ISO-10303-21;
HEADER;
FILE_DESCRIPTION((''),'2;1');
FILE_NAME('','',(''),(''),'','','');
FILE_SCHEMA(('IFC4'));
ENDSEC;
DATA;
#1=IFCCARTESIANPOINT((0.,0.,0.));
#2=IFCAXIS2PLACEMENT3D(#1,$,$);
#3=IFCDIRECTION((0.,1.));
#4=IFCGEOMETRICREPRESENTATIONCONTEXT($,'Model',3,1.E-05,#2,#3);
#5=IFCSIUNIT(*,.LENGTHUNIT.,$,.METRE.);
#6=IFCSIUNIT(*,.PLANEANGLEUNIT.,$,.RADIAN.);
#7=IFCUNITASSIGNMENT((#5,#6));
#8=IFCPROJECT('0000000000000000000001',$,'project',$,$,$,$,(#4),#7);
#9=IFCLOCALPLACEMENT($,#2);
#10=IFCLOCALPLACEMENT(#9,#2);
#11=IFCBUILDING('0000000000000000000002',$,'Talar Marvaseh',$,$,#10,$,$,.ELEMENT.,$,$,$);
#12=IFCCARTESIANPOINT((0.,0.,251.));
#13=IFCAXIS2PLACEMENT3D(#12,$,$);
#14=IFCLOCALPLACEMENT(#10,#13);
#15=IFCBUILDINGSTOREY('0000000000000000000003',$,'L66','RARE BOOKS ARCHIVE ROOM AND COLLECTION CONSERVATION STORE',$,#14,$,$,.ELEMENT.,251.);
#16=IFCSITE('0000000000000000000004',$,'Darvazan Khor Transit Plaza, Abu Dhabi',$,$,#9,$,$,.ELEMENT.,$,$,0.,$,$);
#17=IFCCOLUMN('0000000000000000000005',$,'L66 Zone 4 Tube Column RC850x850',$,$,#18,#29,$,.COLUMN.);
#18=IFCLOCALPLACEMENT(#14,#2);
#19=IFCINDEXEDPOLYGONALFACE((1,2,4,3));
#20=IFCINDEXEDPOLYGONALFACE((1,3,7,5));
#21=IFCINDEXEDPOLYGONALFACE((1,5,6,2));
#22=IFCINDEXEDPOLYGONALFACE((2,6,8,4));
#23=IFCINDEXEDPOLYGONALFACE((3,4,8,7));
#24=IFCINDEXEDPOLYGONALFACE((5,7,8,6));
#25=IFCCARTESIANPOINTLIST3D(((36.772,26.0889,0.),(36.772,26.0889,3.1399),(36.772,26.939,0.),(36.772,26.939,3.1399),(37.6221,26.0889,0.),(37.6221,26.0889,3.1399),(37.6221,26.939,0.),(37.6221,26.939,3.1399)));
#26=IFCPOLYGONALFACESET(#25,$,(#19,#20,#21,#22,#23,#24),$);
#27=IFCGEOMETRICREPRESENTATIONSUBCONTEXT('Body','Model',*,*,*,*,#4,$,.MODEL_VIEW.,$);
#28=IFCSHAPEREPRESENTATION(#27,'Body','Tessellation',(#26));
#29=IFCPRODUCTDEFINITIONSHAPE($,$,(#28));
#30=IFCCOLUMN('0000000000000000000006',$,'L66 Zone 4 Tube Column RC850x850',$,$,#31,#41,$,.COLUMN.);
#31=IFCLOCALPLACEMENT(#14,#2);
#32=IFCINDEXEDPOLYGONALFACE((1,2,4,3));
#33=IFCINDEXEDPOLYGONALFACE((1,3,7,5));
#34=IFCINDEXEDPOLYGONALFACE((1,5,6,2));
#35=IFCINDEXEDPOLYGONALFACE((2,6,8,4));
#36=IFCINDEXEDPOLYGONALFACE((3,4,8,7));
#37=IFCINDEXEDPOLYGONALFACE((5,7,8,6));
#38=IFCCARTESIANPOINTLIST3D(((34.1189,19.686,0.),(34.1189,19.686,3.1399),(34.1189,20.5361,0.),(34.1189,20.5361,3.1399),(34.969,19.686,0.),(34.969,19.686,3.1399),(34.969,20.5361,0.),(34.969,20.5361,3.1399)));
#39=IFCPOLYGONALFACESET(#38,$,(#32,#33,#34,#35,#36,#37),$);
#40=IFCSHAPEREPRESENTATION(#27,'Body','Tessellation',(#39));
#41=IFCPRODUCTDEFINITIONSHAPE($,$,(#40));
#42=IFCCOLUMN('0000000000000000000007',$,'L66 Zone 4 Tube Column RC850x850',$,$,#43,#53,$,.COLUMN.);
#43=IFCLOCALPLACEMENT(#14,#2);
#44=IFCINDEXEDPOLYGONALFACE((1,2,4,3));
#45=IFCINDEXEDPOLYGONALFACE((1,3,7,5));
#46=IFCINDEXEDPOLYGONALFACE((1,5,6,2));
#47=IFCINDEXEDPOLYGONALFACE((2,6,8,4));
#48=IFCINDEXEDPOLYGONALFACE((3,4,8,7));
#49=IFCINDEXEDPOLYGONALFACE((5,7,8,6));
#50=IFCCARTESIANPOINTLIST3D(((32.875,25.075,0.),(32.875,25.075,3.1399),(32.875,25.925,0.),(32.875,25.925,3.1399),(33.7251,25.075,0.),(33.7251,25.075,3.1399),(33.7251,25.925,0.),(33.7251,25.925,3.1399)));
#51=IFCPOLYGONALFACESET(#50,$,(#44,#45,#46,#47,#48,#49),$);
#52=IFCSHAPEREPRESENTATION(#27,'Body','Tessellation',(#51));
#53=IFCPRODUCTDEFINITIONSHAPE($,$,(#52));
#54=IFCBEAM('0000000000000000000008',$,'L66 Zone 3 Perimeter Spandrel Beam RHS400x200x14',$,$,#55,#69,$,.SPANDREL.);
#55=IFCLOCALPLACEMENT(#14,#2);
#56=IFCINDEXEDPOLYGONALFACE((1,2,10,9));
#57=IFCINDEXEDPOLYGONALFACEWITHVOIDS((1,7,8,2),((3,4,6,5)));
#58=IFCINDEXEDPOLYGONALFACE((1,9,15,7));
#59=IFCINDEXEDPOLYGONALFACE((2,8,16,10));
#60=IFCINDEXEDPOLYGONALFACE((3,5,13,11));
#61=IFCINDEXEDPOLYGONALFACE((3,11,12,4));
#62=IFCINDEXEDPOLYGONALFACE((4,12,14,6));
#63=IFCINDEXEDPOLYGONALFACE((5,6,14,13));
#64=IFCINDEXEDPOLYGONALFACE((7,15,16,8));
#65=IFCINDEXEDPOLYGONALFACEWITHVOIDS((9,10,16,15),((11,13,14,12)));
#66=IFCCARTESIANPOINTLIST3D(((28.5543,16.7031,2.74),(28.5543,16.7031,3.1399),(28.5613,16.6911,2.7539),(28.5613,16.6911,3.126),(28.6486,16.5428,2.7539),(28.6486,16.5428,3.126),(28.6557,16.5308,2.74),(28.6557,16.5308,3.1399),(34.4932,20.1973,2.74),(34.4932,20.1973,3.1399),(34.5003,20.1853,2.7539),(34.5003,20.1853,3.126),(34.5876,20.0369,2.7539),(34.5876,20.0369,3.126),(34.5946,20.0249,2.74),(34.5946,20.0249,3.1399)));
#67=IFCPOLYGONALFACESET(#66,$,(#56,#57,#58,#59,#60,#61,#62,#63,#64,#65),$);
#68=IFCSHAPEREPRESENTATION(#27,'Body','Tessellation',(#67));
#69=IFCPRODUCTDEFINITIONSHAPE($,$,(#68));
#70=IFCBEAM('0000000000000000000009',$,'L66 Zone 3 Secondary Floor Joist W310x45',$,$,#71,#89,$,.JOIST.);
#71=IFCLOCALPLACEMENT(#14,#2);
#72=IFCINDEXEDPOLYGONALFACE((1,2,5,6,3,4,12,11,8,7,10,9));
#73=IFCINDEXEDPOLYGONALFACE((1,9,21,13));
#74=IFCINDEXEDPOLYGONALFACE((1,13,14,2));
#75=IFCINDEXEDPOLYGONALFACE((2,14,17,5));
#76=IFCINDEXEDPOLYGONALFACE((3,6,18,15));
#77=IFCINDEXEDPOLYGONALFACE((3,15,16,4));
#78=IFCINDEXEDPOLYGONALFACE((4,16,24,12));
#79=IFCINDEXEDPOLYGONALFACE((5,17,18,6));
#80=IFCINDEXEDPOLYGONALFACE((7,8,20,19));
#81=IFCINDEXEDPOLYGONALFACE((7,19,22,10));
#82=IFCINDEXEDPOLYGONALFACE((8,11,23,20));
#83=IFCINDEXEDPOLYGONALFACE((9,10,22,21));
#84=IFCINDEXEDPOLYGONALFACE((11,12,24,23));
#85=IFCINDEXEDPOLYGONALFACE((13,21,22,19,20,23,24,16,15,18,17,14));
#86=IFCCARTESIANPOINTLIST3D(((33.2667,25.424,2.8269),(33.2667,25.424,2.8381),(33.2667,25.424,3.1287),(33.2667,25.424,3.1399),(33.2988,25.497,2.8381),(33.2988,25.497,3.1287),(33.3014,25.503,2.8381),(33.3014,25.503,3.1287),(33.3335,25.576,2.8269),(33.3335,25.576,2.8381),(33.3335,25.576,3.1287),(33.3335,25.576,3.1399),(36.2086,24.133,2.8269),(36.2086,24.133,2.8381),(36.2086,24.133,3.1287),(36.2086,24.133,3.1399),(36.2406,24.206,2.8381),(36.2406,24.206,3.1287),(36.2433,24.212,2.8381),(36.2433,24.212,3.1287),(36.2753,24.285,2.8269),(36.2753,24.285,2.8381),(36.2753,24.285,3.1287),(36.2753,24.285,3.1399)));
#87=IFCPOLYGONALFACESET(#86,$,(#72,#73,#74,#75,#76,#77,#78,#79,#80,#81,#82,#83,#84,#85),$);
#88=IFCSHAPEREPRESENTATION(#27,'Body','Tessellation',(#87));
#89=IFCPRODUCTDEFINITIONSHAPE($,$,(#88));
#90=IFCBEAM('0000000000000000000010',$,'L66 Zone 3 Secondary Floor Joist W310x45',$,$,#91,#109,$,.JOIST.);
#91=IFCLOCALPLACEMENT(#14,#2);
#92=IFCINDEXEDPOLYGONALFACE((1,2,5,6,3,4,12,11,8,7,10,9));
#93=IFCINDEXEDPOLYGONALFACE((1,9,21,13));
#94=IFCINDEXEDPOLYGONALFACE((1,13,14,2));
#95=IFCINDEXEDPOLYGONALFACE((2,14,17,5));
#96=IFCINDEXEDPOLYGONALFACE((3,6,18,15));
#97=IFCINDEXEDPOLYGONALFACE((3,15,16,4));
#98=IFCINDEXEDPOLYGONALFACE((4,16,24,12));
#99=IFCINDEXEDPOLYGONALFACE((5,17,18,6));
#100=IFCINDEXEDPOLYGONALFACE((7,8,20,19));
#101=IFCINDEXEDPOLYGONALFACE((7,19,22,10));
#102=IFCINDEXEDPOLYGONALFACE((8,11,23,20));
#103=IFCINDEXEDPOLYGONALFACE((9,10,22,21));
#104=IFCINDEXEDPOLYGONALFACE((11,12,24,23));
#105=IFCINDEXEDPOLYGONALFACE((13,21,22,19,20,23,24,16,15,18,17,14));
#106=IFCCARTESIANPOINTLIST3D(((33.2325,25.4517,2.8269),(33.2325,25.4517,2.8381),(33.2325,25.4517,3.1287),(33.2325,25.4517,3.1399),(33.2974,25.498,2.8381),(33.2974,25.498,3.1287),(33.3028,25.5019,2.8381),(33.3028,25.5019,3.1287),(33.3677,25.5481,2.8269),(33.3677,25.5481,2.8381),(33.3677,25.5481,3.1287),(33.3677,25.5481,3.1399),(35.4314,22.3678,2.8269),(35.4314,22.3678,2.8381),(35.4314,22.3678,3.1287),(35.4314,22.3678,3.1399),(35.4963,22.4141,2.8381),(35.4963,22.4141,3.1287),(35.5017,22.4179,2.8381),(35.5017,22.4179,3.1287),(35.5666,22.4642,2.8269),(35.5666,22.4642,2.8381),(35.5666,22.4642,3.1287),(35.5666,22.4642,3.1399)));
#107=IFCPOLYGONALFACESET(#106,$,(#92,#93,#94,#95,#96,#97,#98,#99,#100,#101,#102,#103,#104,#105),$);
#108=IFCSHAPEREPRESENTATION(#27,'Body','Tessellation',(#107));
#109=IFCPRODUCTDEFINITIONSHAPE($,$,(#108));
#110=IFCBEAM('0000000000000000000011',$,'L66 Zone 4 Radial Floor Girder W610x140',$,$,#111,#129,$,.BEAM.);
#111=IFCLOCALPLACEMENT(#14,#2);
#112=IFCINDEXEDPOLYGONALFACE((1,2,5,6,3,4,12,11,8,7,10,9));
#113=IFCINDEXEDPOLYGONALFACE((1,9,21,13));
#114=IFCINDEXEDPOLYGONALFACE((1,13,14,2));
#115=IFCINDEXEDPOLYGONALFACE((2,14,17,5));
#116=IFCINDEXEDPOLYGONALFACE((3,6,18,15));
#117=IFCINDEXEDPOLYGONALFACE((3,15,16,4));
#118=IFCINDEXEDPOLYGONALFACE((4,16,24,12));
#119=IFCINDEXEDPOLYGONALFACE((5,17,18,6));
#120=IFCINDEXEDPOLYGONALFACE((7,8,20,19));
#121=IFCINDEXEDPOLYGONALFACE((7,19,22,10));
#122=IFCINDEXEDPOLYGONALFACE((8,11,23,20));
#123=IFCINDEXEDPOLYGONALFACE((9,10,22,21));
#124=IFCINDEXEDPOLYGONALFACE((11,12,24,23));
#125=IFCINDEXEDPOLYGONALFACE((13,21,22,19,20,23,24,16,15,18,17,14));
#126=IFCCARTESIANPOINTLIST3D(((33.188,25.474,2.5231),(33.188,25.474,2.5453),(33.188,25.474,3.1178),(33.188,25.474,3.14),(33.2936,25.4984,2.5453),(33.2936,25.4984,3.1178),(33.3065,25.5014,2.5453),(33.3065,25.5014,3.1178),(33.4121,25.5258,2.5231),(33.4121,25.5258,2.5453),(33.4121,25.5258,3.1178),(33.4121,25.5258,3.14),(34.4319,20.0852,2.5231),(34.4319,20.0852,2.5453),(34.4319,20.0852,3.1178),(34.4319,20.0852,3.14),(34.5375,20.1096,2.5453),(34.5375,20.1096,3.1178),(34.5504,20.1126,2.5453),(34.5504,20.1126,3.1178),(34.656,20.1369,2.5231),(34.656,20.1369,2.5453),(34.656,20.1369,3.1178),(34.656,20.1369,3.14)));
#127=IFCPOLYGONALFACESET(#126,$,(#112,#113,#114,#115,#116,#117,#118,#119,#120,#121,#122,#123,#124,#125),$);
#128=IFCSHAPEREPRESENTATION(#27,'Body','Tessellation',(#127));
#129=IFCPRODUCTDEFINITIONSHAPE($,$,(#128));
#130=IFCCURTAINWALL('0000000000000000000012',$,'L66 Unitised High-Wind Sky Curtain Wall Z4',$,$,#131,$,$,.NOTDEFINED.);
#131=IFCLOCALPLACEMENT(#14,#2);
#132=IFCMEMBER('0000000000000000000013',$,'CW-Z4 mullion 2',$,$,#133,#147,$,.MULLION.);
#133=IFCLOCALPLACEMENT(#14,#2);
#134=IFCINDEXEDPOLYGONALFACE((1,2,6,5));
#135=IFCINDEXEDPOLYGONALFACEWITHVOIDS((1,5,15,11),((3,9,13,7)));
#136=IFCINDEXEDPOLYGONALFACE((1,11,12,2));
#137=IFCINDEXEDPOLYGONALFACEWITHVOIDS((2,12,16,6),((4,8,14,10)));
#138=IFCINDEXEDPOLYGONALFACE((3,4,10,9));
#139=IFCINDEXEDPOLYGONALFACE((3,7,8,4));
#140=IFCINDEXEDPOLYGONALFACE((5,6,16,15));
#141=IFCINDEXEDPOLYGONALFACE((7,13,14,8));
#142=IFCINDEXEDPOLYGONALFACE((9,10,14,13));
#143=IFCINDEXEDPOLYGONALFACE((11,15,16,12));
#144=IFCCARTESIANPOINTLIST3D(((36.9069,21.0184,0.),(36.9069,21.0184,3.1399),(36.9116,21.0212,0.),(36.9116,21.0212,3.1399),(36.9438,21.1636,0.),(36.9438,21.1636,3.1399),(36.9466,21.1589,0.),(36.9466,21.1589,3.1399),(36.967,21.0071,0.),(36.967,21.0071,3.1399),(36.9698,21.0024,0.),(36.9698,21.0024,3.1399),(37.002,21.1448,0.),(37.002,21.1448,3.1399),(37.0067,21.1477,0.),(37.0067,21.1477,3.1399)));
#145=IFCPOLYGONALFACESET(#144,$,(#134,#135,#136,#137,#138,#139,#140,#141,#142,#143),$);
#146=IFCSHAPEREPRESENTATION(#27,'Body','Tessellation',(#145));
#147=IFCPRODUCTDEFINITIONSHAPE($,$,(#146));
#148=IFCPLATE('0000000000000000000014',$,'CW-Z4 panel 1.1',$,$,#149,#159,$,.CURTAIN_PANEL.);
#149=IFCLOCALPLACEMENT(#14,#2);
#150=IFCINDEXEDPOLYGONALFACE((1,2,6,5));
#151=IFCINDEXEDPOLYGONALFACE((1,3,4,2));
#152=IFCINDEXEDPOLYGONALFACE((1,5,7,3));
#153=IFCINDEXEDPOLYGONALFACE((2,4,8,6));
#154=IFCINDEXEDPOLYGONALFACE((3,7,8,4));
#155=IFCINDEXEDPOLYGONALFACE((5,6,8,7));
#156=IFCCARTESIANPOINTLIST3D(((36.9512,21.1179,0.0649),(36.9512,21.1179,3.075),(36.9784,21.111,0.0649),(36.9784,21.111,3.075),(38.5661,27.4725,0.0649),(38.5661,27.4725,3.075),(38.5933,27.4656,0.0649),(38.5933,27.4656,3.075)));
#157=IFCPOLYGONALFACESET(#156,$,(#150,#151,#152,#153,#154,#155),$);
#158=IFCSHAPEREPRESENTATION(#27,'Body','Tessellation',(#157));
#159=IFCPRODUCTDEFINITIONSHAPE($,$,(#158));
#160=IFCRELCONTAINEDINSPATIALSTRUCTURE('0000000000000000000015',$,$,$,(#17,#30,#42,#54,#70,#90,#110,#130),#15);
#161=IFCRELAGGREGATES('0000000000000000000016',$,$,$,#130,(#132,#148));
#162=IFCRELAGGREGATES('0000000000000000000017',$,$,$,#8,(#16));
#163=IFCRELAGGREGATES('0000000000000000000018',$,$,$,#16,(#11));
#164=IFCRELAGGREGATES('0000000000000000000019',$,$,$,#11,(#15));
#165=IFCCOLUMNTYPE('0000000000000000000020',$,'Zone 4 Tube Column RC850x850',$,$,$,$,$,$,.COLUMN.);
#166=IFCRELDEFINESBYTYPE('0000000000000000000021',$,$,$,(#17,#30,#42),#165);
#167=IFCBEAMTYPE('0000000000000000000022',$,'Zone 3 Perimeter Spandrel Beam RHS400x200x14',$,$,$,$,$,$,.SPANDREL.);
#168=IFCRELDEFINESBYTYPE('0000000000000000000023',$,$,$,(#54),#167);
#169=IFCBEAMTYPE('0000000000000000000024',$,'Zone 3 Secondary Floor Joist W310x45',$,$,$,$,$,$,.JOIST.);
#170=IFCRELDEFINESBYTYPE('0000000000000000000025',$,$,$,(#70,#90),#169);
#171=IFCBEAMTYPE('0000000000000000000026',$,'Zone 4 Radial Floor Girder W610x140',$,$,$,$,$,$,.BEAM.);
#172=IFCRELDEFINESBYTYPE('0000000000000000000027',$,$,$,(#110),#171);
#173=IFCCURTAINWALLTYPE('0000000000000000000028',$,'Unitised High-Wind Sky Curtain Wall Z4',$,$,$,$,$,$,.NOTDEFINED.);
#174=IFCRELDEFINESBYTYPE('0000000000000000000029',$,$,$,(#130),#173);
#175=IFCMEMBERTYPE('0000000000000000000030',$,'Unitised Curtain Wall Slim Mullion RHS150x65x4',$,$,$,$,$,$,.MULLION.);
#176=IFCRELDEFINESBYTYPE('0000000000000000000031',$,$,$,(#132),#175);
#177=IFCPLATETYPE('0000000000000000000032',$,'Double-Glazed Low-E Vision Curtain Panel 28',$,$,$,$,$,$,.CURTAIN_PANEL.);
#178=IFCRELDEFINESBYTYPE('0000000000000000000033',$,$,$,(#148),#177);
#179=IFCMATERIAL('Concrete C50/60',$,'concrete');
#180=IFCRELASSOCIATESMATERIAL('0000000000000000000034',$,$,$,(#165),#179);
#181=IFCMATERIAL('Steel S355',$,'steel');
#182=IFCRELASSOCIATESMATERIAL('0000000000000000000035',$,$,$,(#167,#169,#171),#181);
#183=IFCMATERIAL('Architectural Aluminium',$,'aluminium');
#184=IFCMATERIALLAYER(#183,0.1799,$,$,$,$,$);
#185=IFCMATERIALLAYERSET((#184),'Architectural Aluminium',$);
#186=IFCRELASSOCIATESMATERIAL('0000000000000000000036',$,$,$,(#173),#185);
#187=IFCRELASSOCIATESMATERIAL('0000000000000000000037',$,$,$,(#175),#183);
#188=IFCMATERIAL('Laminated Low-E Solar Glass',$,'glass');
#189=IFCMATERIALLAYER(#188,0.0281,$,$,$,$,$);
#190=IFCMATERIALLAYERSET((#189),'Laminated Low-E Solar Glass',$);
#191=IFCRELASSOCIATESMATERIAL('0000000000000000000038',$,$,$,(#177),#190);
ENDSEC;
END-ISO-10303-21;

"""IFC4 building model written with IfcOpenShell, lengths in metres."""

from ifc_helpers import new_model, si_unit, direction, frame, origin, origin_2d, place, context, subcontext, project, spatial, rectangle, hollow_rectangle, i_section, extrude, source, transform, mapped, material, layer, layer_set, material_profile, profile_set, type_object, type_shapes, element, aggregate, save


model = new_model("IFC4")

# Units and contexts
model_context = context("Model", 3, precision=1e-05, world=origin(), true_north=direction((0.0, 1.0)))
body_context = subcontext(model_context, "Body", "Model", "MODEL_VIEW")
ifc_project = project(units=[si_unit("LENGTHUNIT", "METRE"), si_unit("PLANEANGLEUNIT", "RADIAN")], contexts=[model_context])

# Site, building, storey
site_placement = place(None, origin())
site = spatial("IfcSite", under=ifc_project, at=site_placement, Name="Darvazan Khor Transit Plaza, Abu Dhabi", CompositionType="ELEMENT", RefElevation=0.0)
building_placement = place(site_placement, origin())
building = spatial("IfcBuilding", under=site, at=building_placement, Name="Talar Marvaseh", CompositionType="ELEMENT")
storey_placement = place(building_placement, frame((0.0, 0.0, 251.0)))
storey = spatial("IfcBuildingStorey", under=building, at=storey_placement, Name="L66", Description="RARE BOOKS ARCHIVE ROOM AND COLLECTION CONSERVATION STORE", CompositionType="ELEMENT", Elevation=251.0)

# Columns
ifc_material_1 = material(Name="Concrete C50/60", Category="concrete")
ifc_material_profile_1 = material_profile(ifc_material_1, rectangle(XDim=0.8501, YDim=0.8501, at=origin_2d()), Name="RC850x850")
ifc_profile_set_1 = profile_set([ifc_material_profile_1], Name="Concrete C50/60")
column_type = type_object("IfcColumnType", Name="Zone 4 Tube Column RC850x850", PredefinedType="COLUMN", material=ifc_profile_set_1)
for number, where, z_axis, x_axis, name in (
    (1, (37.197, 26.5139, 0.0), (0.0, 0.0, 1.0), (1.0, 0.0, 0.0), "L66 Zone 4 Tube Column RC850x850"),
    (2, (34.5439, 20.1111, 0.0), (0.0, 0.0, 1.0), (1.0, 0.0, 0.0), "L66 Zone 4 Tube Column RC850x850"),
    (3, (33.3, 25.5, 0.0), (0.0, 0.0, 1.0), (1.0, 0.0, 0.0), "L66 Zone 4 Tube Column RC850x850"),
):
    element("IfcColumn", number, at=place(storey_placement, frame(where, z_axis=z_axis, x_axis=x_axis)), inside=storey, type_object=column_type, Name=name, PredefinedType="COLUMN", context=body_context, shape_type="SweptSolid", body=[
        extrude(rectangle(XDim=0.8501, YDim=0.8501, at=origin_2d()), origin(), (0.0, 0.0, 1.0), 3.1399),
    ])

# Beams
ifc_material_2 = material(Name="Steel S355", Category="steel")
ifc_material_profile_2 = material_profile(ifc_material_2, hollow_rectangle(XDim=0.2, YDim=0.3999, WallThickness=0.0139, at=origin_2d()), Name="RHS400x200x14")
ifc_profile_set_2 = profile_set([ifc_material_profile_2], Name="Steel S355")
beam_type_1 = type_object("IfcBeamType", Name="Zone 3 Perimeter Spandrel Beam RHS400x200x14", PredefinedType="SPANDREL", material=ifc_profile_set_2)
beam_1_placement = place(storey_placement, frame((34.5439, 20.1111, 2.9399), z_axis=(-0.861894, -0.507088, 0.0), x_axis=(0.507088, -0.861894, 0.0)))
element("IfcBeam", 4, at=beam_1_placement, inside=storey, type_object=beam_type_1, Name="L66 Zone 3 Perimeter Spandrel Beam RHS400x200x14", PredefinedType="SPANDREL", context=body_context, shape_type="SweptSolid", body=[
    extrude(hollow_rectangle(XDim=0.2, YDim=0.3999, WallThickness=0.0139, at=origin_2d()), origin(), (0.0, 0.0, 1.0), 6.8906),
])
ifc_material_profile_3 = material_profile(ifc_material_2, i_section(OverallWidth=0.166, OverallDepth=0.313, WebThickness=0.0066, FlangeThickness=0.0112, at=origin_2d()), Name="W310x45")
ifc_profile_set_3 = profile_set([ifc_material_profile_3], Name="Steel S355")
beam_type_2 = type_object("IfcBeamType", Name="Zone 3 Secondary Floor Joist W310x45", PredefinedType="JOIST", material=ifc_profile_set_3)
beam_2_placement = place(storey_placement, frame((36.2419, 24.209, 2.9834), z_axis=(-0.915707, 0.401847, 0.0), x_axis=(-0.401847, -0.915707, 0.0)))
element("IfcBeam", 5, at=beam_2_placement, inside=storey, type_object=beam_type_2, Name="L66 Zone 3 Secondary Floor Joist W310x45", PredefinedType="JOIST", context=body_context, shape_type="SweptSolid", body=[
    extrude(i_section(OverallWidth=0.166, OverallDepth=0.313, WebThickness=0.0066, FlangeThickness=0.0112, at=origin_2d()), origin(), (0.0, 0.0, 1.0), 3.2126),
])
beam_3_placement = place(storey_placement, frame((35.499, 22.416, 2.9834), z_axis=(-0.580561, 0.814217, 0.0), x_axis=(-0.814217, -0.580561, 0.0)))
element("IfcBeam", 6, at=beam_3_placement, inside=storey, type_object=beam_type_2, Name="L66 Zone 3 Secondary Floor Joist W310x45", PredefinedType="JOIST", context=body_context, shape_type="SweptSolid", body=[
    extrude(i_section(OverallWidth=0.166, OverallDepth=0.313, WebThickness=0.0066, FlangeThickness=0.0112, at=origin_2d()), origin(), (0.0, 0.0, 1.0), 3.7876),
])
ifc_material_profile_4 = material_profile(ifc_material_2, i_section(OverallWidth=0.23, OverallDepth=0.6169, WebThickness=0.0132, FlangeThickness=0.0222, at=origin_2d()), Name="W610x140")
ifc_profile_set_4 = profile_set([ifc_material_profile_4], Name="Steel S355")
beam_type_3 = type_object("IfcBeamType", Name="Zone 4 Radial Floor Girder W610x140", PredefinedType="BEAM", material=ifc_profile_set_4)
beam_4_placement = place(storey_placement, frame((34.5439, 20.1111, 2.8315), z_axis=(-0.224911, 0.974379, 0.0), x_axis=(-0.974379, -0.224911, 0.0)))
element("IfcBeam", 7, at=beam_4_placement, inside=storey, type_object=beam_type_3, Name="L66 Zone 4 Radial Floor Girder W610x140", PredefinedType="BEAM", context=body_context, shape_type="SweptSolid", body=[
    extrude(i_section(OverallWidth=0.23, OverallDepth=0.6169, WebThickness=0.0132, FlangeThickness=0.0222, at=origin_2d()), origin(), (0.0, 0.0, 1.0), 5.5305),
])

# Curtain wall, member, plate
ifc_material_3 = material(Name="Architectural Aluminium", Category="aluminium")
ifc_layer_1 = layer(ifc_material_3, 0.1799)
ifc_layer_set_1 = layer_set([ifc_layer_1], Name="Architectural Aluminium")
curtain_wall_type = type_object("IfcCurtainWallType", Name="Unitised High-Wind Sky Curtain Wall Z4", PredefinedType="NOTDEFINED", material=ifc_layer_set_1)
curtain_wall_placement = place(storey_placement, origin())
curtain_wall = element("IfcCurtainWall", 8, at=curtain_wall_placement, inside=storey, type_object=curtain_wall_type, Name="L66 Unitised High-Wind Sky Curtain Wall Z4", PredefinedType="NOTDEFINED")
ifc_material_profile_5 = material_profile(ifc_material_3, hollow_rectangle(XDim=0.0649, YDim=0.1499, WallThickness=0.0039, at=origin_2d()), Name="RHS150x65x4")
ifc_profile_set_5 = profile_set([ifc_material_profile_5], Name="Architectural Aluminium")
member_type = type_object("IfcMemberType", Name="Unitised Curtain Wall Slim Mullion RHS150x65x4", PredefinedType="MULLION", material=ifc_profile_set_5)
shared_shape_1 = source(origin(), body_context, "Body", "SweptSolid", [
    extrude(hollow_rectangle(XDim=0.0649, YDim=0.1499, WallThickness=0.0039, at=origin_2d()), origin(), (0.0, 0.0, 1.0), 3.1399),
])
type_shapes(member_type, [shared_shape_1])
member_placement = place(storey_placement, frame((36.9568, 21.083, 0.0), z_axis=(0.0, 0.0, 1.0), x_axis=(0.969194, -0.246299, 0.0)))
member = element("IfcMember", 9, at=member_placement, type_object=member_type, Name="CW-Z4 mullion 2", PredefinedType="MULLION", context=body_context, shape_type="MappedRepresentation", body=[
    mapped(shared_shape_1, transform((0.0, 0.0, 0.0), x_axis=(1.0, 0.0, 0.0), y_axis=(0.0, 1.0, 0.0), z_axis=(0.0, 0.0, 1.0), scale=1.0)),
])
ifc_material_4 = material(Name="Laminated Low-E Solar Glass", Category="glass")
ifc_layer_2 = layer(ifc_material_4, 0.0281)
ifc_layer_set_2 = layer_set([ifc_layer_2], Name="Laminated Low-E Solar Glass")
plate_type = type_object("IfcPlateType", Name="Double-Glazed Low-E Vision Curtain Panel 28", PredefinedType="CURTAIN_PANEL", material=ifc_layer_set_2)
shared_shape_2 = source(origin(), body_context, "Body", "SweptSolid", [
    extrude(rectangle(XDim=6.5566, YDim=0.0281, at=origin_2d()), origin(), (0.0, 0.0, 1.0), 3.01),
])
type_shapes(plate_type, [shared_shape_2])
plate_placement = place(storey_placement, frame((37.7722, 24.2917, 0.0649), z_axis=(0.0, 0.0, 1.0), x_axis=(-0.246299, -0.969194, 0.0)))
plate = element("IfcPlate", 10, at=plate_placement, type_object=plate_type, Name="CW-Z4 panel 1.1", PredefinedType="CURTAIN_PANEL", context=body_context, shape_type="MappedRepresentation", body=[
    mapped(shared_shape_2, transform((0.0, 0.0, 0.0), x_axis=(1.0, 0.0, 0.0), y_axis=(0.0, 1.0, 0.0), z_axis=(0.0, 0.0, 1.0), scale=1.0)),
])
aggregate(curtain_wall, [member, plate])

save(model, "model.ifc")
